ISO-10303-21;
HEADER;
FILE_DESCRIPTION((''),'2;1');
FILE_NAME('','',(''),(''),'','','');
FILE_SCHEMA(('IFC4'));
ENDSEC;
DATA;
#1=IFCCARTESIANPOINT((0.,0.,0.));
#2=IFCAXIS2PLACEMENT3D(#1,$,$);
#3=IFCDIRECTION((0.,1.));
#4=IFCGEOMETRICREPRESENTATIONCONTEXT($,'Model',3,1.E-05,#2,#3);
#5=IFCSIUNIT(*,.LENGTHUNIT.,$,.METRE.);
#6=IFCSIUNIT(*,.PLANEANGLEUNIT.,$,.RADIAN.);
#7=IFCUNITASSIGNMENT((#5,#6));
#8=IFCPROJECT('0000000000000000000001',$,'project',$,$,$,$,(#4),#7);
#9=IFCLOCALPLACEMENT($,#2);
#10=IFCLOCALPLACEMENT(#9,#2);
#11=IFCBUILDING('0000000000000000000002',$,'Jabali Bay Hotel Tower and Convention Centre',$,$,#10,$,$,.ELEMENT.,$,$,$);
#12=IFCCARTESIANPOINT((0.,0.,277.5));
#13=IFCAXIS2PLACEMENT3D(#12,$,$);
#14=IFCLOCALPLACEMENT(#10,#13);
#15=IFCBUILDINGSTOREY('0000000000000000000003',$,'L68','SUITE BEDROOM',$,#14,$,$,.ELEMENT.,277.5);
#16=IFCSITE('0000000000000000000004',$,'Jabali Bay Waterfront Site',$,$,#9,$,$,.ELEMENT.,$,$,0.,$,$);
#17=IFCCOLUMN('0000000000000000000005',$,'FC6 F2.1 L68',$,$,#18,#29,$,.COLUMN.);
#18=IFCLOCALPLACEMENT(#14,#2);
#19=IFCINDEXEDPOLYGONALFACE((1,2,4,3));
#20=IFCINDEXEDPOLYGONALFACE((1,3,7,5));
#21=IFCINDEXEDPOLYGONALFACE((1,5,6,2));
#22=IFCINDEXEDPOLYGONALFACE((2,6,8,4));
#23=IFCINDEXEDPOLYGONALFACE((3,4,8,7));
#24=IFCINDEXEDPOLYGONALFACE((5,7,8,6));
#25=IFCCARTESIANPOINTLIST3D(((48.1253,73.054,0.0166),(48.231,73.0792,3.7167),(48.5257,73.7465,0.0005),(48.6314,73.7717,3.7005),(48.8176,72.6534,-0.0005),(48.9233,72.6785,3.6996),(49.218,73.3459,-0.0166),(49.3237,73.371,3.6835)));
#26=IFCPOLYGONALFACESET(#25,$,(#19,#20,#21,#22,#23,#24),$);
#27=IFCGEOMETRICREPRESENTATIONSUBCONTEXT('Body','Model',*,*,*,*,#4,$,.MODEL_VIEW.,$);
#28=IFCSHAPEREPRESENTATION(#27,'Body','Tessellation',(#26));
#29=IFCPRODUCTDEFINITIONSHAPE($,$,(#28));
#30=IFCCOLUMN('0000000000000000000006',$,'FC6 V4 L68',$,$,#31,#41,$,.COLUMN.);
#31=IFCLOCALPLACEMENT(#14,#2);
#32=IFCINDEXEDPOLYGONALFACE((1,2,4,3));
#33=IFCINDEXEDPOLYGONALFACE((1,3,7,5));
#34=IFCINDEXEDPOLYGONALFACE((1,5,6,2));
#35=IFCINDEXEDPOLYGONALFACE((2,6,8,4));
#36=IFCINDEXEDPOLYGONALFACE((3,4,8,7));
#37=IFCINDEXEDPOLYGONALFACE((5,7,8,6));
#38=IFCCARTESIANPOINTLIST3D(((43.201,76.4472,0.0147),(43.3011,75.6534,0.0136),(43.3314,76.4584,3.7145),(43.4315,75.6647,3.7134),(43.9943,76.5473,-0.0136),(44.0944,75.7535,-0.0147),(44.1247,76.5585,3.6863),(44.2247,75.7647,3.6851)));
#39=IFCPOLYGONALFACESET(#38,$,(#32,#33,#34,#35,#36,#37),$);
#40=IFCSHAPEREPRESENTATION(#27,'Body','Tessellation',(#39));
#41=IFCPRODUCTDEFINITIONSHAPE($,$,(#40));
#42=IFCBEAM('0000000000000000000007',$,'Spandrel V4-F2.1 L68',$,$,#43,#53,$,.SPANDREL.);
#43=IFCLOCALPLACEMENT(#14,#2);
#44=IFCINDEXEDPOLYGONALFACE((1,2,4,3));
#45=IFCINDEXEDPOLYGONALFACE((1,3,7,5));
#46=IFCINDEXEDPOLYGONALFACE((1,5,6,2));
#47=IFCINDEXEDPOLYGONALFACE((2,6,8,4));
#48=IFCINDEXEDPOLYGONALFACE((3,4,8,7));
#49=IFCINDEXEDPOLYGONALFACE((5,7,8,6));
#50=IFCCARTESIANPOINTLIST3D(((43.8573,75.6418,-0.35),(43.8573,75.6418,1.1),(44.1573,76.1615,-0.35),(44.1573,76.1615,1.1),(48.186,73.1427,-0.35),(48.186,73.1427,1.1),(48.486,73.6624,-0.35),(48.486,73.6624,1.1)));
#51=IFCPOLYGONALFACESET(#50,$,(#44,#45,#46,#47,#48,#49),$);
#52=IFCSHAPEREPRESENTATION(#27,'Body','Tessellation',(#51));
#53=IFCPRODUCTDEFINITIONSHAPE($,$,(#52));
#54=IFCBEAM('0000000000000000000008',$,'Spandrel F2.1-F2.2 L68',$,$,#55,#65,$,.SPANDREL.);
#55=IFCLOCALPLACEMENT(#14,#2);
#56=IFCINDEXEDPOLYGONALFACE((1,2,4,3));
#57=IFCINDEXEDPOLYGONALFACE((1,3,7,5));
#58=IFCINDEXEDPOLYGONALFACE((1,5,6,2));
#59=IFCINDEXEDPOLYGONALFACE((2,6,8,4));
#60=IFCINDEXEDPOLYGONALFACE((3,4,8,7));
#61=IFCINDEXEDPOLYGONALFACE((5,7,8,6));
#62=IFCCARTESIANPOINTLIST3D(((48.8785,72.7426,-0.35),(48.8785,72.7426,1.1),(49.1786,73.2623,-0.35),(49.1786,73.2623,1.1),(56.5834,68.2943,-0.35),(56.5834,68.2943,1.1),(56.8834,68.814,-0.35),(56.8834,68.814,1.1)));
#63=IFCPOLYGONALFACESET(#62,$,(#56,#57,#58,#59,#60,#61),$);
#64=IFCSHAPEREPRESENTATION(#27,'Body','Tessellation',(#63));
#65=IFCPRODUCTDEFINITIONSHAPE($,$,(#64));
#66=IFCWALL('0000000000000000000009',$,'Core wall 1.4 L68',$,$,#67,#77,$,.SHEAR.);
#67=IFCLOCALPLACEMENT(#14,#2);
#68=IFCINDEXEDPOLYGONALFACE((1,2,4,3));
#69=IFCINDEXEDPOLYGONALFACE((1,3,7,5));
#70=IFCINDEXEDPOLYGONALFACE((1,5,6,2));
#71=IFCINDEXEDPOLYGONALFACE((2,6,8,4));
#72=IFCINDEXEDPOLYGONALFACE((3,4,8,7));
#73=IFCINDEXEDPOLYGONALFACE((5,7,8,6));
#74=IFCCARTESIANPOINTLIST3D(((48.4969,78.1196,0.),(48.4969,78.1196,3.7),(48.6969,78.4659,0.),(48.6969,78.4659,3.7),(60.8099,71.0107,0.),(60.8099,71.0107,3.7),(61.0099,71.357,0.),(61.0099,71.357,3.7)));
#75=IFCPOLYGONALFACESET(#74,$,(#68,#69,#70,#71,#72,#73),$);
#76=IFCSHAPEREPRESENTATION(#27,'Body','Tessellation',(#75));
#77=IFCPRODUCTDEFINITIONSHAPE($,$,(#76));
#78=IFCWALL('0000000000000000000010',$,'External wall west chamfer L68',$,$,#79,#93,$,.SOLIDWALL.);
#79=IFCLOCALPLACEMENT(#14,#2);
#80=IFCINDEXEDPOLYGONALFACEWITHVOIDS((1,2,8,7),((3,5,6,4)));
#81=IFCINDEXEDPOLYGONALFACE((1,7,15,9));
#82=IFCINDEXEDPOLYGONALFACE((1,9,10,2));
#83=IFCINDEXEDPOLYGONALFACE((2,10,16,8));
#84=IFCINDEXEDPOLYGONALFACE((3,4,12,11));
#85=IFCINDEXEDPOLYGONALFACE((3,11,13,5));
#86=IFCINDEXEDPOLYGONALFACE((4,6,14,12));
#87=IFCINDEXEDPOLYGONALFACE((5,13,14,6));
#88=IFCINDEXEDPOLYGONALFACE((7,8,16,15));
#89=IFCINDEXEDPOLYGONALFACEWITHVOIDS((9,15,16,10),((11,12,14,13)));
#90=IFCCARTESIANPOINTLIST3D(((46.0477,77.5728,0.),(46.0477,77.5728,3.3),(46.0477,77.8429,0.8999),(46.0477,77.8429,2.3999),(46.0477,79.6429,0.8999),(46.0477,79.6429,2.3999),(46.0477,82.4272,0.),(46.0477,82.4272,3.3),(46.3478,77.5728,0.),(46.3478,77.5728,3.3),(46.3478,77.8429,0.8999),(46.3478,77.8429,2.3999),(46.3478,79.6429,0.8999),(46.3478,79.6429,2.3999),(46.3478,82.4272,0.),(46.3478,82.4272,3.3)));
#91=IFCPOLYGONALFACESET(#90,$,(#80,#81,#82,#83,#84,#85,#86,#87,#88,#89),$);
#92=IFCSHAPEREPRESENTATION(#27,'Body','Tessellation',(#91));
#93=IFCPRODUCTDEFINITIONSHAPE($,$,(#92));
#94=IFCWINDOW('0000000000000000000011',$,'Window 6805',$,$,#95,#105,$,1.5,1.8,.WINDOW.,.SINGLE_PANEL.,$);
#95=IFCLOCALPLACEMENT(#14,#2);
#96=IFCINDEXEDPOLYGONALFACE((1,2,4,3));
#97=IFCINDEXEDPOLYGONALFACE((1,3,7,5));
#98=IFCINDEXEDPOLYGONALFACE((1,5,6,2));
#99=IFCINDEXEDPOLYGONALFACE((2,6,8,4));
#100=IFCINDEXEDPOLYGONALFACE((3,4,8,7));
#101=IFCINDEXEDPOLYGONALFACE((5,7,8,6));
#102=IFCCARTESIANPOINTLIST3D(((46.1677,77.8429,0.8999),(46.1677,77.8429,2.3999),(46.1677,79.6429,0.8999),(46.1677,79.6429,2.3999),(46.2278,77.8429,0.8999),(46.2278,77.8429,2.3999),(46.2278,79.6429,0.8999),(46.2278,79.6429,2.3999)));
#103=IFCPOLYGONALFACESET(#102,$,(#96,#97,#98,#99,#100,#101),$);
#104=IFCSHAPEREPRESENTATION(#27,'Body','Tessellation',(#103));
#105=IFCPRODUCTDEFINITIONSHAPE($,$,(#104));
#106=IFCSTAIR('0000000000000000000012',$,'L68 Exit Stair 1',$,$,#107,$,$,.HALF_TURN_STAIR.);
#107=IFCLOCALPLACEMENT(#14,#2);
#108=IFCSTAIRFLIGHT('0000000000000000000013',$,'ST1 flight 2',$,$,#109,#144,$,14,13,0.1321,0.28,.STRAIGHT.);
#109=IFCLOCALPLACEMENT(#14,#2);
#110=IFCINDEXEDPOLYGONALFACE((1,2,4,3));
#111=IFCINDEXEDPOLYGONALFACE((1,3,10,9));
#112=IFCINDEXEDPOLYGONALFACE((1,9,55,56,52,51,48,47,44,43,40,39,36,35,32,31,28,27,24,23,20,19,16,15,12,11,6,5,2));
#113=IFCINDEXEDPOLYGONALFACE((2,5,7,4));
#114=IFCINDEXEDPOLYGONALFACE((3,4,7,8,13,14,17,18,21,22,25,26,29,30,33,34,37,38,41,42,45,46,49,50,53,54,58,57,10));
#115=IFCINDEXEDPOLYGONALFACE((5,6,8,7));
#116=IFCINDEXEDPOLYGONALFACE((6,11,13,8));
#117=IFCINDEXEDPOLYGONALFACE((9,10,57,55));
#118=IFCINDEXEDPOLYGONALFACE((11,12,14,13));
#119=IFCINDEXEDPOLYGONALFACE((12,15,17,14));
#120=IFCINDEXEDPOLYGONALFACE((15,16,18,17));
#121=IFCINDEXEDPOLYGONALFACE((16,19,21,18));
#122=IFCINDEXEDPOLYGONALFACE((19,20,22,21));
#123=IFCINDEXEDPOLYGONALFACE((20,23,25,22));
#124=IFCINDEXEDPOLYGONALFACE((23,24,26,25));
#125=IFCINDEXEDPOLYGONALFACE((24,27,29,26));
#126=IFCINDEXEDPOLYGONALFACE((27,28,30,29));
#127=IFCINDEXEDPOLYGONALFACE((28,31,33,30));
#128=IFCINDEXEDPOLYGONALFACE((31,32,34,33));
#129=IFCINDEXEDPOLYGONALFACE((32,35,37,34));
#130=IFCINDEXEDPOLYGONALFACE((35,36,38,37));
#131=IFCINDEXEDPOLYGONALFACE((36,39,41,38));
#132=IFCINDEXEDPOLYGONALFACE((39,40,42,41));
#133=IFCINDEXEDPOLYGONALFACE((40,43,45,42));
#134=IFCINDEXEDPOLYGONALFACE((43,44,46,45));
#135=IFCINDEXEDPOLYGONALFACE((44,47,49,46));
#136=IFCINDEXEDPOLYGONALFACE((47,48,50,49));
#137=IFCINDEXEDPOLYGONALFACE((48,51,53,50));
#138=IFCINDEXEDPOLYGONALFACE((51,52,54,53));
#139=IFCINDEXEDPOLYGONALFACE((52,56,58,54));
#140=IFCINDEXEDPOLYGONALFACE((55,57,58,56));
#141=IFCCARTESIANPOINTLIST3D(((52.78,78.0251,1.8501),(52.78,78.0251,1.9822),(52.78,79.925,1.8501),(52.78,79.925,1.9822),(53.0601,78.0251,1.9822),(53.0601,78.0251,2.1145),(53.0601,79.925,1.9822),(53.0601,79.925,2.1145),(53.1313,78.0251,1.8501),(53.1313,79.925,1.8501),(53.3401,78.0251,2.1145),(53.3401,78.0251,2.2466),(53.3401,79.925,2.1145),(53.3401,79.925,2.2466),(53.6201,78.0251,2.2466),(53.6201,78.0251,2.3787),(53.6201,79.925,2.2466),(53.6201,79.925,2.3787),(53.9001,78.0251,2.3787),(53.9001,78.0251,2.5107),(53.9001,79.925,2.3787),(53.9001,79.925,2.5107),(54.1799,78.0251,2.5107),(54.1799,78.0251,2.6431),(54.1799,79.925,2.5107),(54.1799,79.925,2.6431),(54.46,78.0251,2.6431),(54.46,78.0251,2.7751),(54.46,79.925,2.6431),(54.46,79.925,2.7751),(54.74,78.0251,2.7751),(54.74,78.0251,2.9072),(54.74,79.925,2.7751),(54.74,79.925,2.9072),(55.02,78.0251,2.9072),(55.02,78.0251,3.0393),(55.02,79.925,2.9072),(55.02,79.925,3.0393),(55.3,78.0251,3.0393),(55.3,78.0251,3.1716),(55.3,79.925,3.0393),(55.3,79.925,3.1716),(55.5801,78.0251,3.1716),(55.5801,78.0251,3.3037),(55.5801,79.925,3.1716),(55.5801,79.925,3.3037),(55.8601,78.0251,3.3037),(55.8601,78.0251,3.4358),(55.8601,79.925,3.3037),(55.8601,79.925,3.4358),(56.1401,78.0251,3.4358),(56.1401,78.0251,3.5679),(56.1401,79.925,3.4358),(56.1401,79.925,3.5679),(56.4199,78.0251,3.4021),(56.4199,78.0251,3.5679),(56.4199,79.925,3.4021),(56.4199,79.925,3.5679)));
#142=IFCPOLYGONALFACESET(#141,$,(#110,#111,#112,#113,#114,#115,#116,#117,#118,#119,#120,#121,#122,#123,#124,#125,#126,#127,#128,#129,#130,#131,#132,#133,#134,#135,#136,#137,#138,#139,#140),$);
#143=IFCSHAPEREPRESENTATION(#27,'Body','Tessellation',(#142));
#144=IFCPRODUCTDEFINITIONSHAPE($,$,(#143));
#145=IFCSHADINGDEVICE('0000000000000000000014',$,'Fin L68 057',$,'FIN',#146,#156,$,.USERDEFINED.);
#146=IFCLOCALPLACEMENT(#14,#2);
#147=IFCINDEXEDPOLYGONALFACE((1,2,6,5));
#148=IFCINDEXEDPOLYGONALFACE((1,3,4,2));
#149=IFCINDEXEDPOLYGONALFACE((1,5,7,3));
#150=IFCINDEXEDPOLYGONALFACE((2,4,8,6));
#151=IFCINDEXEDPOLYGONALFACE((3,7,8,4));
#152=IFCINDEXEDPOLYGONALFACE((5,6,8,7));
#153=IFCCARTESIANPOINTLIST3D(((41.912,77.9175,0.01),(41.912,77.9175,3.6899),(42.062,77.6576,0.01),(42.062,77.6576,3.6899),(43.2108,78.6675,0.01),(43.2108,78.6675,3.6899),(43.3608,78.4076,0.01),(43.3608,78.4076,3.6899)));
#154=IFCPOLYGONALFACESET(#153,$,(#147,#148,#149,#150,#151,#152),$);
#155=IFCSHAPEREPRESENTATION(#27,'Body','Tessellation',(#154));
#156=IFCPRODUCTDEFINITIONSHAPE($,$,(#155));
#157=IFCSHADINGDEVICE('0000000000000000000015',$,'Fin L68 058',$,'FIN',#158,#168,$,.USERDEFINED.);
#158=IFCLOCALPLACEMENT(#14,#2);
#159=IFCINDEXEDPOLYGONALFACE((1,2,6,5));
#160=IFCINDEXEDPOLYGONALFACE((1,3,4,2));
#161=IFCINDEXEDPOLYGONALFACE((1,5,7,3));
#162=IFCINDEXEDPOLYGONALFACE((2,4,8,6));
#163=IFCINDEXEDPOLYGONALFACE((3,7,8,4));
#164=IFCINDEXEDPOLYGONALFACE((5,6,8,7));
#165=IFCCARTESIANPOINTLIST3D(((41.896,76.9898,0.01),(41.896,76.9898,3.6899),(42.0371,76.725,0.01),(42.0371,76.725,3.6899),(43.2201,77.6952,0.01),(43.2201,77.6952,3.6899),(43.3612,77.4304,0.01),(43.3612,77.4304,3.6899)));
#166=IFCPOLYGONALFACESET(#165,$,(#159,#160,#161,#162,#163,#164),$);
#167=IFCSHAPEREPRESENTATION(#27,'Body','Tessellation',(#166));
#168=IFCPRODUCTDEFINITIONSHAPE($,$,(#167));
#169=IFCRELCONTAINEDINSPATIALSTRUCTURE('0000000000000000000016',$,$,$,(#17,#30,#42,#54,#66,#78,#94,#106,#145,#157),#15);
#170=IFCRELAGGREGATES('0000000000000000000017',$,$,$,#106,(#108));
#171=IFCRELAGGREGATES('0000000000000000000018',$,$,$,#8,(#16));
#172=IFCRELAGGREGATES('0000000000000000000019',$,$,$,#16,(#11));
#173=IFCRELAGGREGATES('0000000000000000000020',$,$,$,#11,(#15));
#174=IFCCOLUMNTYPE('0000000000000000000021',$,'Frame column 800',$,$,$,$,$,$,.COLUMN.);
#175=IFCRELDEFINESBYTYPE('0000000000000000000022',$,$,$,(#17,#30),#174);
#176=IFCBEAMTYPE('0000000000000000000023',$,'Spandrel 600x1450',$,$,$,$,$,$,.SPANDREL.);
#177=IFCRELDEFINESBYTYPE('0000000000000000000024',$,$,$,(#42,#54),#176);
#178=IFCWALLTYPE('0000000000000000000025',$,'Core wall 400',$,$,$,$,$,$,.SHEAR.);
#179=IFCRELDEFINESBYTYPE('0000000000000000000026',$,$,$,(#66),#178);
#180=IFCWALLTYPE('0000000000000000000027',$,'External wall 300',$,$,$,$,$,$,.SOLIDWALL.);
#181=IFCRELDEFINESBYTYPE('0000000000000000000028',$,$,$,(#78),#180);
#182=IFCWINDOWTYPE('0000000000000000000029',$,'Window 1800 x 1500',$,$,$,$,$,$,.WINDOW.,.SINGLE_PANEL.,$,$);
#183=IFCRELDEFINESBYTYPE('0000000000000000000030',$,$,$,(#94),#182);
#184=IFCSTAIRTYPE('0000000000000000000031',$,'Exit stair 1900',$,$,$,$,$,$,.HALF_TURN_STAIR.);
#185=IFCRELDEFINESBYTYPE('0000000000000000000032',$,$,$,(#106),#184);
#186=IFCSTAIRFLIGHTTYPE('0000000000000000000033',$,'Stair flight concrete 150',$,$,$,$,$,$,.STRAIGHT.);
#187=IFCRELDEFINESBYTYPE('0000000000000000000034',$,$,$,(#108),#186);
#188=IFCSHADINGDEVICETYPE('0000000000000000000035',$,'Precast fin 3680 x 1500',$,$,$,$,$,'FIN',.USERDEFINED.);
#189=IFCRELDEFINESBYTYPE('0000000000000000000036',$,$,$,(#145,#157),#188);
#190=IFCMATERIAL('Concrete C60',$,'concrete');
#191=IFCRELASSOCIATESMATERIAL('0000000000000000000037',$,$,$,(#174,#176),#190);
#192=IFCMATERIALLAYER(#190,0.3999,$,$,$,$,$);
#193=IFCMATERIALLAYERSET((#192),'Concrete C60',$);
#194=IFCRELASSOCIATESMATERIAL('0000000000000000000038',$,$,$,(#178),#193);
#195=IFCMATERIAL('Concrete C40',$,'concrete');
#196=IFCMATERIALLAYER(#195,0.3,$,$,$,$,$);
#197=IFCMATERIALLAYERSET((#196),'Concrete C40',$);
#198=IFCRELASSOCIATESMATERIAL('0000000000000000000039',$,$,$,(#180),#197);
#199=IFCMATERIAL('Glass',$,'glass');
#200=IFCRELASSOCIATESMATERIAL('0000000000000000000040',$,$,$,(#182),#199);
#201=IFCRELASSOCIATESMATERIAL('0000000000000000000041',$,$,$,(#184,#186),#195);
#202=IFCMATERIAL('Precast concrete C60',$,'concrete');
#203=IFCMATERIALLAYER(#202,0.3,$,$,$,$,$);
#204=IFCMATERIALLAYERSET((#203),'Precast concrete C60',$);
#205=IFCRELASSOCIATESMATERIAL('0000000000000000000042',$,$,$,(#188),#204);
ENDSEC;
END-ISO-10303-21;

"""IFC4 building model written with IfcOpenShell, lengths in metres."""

from ifc_helpers import new_model, si_unit, direction, frame, frame_2d, origin, origin_2d, place, context, subcontext, project, spatial, polyline, rectangle, outline, extrude, material, layer, layer_set, material_profile, profile_set, type_object, element, fill, aggregate, save


model = new_model("IFC4")

# Units and contexts
model_context = context("Model", 3, precision=1e-05, world=origin(), true_north=direction((0.0, 1.0)))
body_context = subcontext(model_context, "Body", "Model", "MODEL_VIEW")
ifc_project = project(units=[si_unit("LENGTHUNIT", "METRE"), si_unit("PLANEANGLEUNIT", "RADIAN")], contexts=[model_context])

# Site, building, storey
site_placement = place(None, origin())
site = spatial("IfcSite", under=ifc_project, at=site_placement, Name="Jabali Bay Waterfront Site", CompositionType="ELEMENT", RefElevation=0.0)
building_placement = place(site_placement, origin())
building = spatial("IfcBuilding", under=site, at=building_placement, Name="Jabali Bay Hotel Tower and Convention Centre", CompositionType="ELEMENT")
storey_placement = place(building_placement, frame((0.0, 0.0, 277.5)))
storey = spatial("IfcBuildingStorey", under=building, at=storey_placement, Name="L68", Description="SUITE BEDROOM", CompositionType="ELEMENT", Elevation=277.5)

# Columns
ifc_material_1 = material(Name="Concrete C60", Category="concrete")
ifc_material_profile_1 = material_profile(ifc_material_1, rectangle(XDim=0.8, YDim=0.8, at=origin_2d()), Name="Frame column 800")
ifc_profile_set_1 = profile_set([ifc_material_profile_1], Name="Concrete C60")
column_type = type_object("IfcColumnType", Name="Frame column 800", PredefinedType="COLUMN", material=ifc_profile_set_1)
column_1_placement = place(storey_placement, frame((48.6716, 73.2, 0.0), z_axis=(0.028559, 0.006794, 0.999569), x_axis=(-0.865319, 0.500768, 0.02132)))
element("IfcColumn", 1, at=column_1_placement, inside=storey, type_object=column_type, Name="FC6 F2.1 L68", PredefinedType="COLUMN", context=body_context, shape_type="SweptSolid", body=[
    extrude(rectangle(XDim=0.8, YDim=0.8, at=origin_2d()), origin(), (0.0, 0.0, 1.0), 3.7017),
])
column_2_placement = place(storey_placement, frame((43.6477, 76.1003, 0.0), z_axis=(0.035214, 0.003033, 0.999375), x_axis=(-0.125093, 0.992144, 0.001396)))
element("IfcColumn", 2, at=column_2_placement, inside=storey, type_object=column_type, Name="FC6 V4 L68", PredefinedType="COLUMN", context=body_context, shape_type="SweptSolid", body=[
    extrude(rectangle(XDim=0.8, YDim=0.8, at=origin_2d()), origin(), (0.0, 0.0, 1.0), 3.7021),
])

# Beams
ifc_material_profile_2 = material_profile(ifc_material_1, rectangle(XDim=0.6001, YDim=1.45, at=origin_2d()), Name="Spandrel 600x1450")
ifc_profile_set_2 = profile_set([ifc_material_profile_2], Name="Concrete C60")
beam_type = type_object("IfcBeamType", Name="Spandrel 600x1450", PredefinedType="SPANDREL", material=ifc_profile_set_2)
beam_1_placement = place(storey_placement, frame((44.0073, 75.9016, 0.375), z_axis=(0.866034, -0.499985, 0.0), x_axis=(0.499985, 0.866034, 0.0)))
element("IfcBeam", 3, at=beam_1_placement, inside=storey, type_object=beam_type, Name="Spandrel V4-F2.1 L68", PredefinedType="SPANDREL", context=body_context, shape_type="SweptSolid", body=[
    extrude(rectangle(XDim=0.6001, YDim=1.45, at=origin_2d()), origin(), (0.0, 0.0, 1.0), 4.9983),
])
beam_2_placement = place(storey_placement, frame((49.0286, 73.0024, 0.375), z_axis=(0.866032, -0.499988, 0.0), x_axis=(0.499988, 0.866032, 0.0)))
element("IfcBeam", 4, at=beam_2_placement, inside=storey, type_object=beam_type, Name="Spandrel F2.1-F2.2 L68", PredefinedType="SPANDREL", context=body_context, shape_type="SweptSolid", body=[
    extrude(rectangle(XDim=0.6001, YDim=1.45, at=origin_2d()), origin(), (0.0, 0.0, 1.0), 8.8967),
])

# Wall
ifc_layer_1 = layer(ifc_material_1, 0.3999)
ifc_layer_set_1 = layer_set([ifc_layer_1], Name="Concrete C60")
wall_type_1 = type_object("IfcWallType", Name="Core wall 400", PredefinedType="SHEAR", material=ifc_layer_set_1)
wall_1_placement = place(storey_placement, frame((48.5969, 78.2927, 0.0), z_axis=(0.0, 0.0, 1.0), x_axis=(0.866026, -0.499999, 0.0)))
element("IfcWall", 5, at=wall_1_placement, inside=storey, type_object=wall_type_1, Name="Core wall 1.4 L68", PredefinedType="SHEAR", context=body_context, shape_type="SweptSolid", body=[
    extrude(rectangle(XDim=14.2178, YDim=0.3999, at=frame_2d((7.1089, 0.0))), origin(), (0.0, 0.0, 1.0), 3.7),
])

# Wall, opening, window
ifc_material_2 = material(Name="Concrete C40", Category="concrete")
ifc_layer_2 = layer(ifc_material_2, 0.3)
ifc_layer_set_2 = layer_set([ifc_layer_2], Name="Concrete C40")
wall_type_2 = type_object("IfcWallType", Name="External wall 300", PredefinedType="SOLIDWALL", material=ifc_layer_set_2)
wall_2_placement = place(storey_placement, frame((46.1978, 77.5728, 0.0), z_axis=(0.0, 0.0, 1.0), x_axis=(0.0, 1.0, 0.0)))
wall_2 = element("IfcWall", 6, at=wall_2_placement, inside=storey, type_object=wall_type_2, Name="External wall west chamfer L68", PredefinedType="SOLIDWALL", context=body_context, shape_type="SweptSolid", body=[
    extrude(rectangle(XDim=4.8545, YDim=0.3, at=frame_2d((2.4272, 0.0))), origin(), (0.0, 0.0, 1.0), 3.3),
])
opening_placement = place(wall_2_placement, frame((0.2703, 0.0, 0.8999)))
opening = element("IfcOpeningElement", 7, at=opening_placement, cuts=wall_2, PredefinedType="OPENING", context=body_context, shape_type="SweptSolid", body=[
    extrude(rectangle(XDim=1.8, YDim=1.5, at=frame_2d((0.8999, 0.75))), frame((0.0, 0.1606, 0.0), z_axis=(0.0, -1.0, 0.0), x_axis=(1.0, 0.0, 0.0)), (0.0, 0.0, 1.0), 0.321),
])
ifc_material_3 = material(Name="Glass", Category="glass")
window_type = type_object("IfcWindowType", Name="Window 1800 x 1500", PartitioningType="SINGLE_PANEL", PredefinedType="WINDOW", material=ifc_material_3)
window_placement = place(opening_placement, origin())
window = element("IfcWindow", 8, at=window_placement, inside=storey, type_object=window_type, Name="Window 6805", OverallHeight=1.5, OverallWidth=1.8, PartitioningType="SINGLE_PANEL", PredefinedType="WINDOW", context=body_context, shape_type="SweptSolid", body=[
    extrude(rectangle(XDim=1.8, YDim=1.5, at=frame_2d((0.8999, 0.75))), frame((0.0, 0.03, 0.0), z_axis=(0.0, -1.0, 0.0), x_axis=(1.0, 0.0, 0.0)), (0.0, 0.0, 1.0), 0.0601),
])
fill(opening, window)

# Stair, stair flight
stair_type = type_object("IfcStairType", Name="Exit stair 1900", PredefinedType="HALF_TURN_STAIR", material=ifc_material_2)
stair_placement = place(storey_placement, origin())
stair = element("IfcStair", 9, at=stair_placement, inside=storey, type_object=stair_type, Name="L68 Exit Stair 1", PredefinedType="HALF_TURN_STAIR")
stair_flight_type = type_object("IfcStairFlightType", Name="Stair flight concrete 150", PredefinedType="STRAIGHT", material=ifc_material_2)
stair_flight_placement = place(storey_placement, frame((52.78, 78.9751, 1.8501), z_axis=(0.0, 0.0, 1.0), x_axis=(1.0, 0.0, 0.0)))
stair_flight = element("IfcStairFlight", 10, at=stair_flight_placement, type_object=stair_flight_type, Name="ST1 flight 2", NumberOfRisers=14, NumberOfTreads=13, PredefinedType="STRAIGHT", RiserHeight=0.1321, TreadLength=0.28, context=body_context, shape_type="SweptSolid", body=[
    extrude(outline(polyline([(0.0, 0.0), (0.0, 0.1321), (0.28, 0.1321), (0.28, 0.2644), (0.5601, 0.2644), (0.5601, 0.3965), (0.8401, 0.3965), (0.8401, 0.5286), (1.1201, 0.5286), (1.1201, 0.6606), (1.3999, 0.6606), (1.3999, 0.793), (1.6799, 0.793), (1.6799, 0.925), (1.96, 0.925), (1.96, 1.0571), (2.24, 1.0571), (2.24, 1.1892), (2.52, 1.1892), (2.52, 1.3215), (2.8, 1.3215), (2.8, 1.4536), (3.0801, 1.4536), (3.0801, 1.5857), (3.3601, 1.5857), (3.3601, 1.7178), (3.6399, 1.7178), (3.6399, 1.8501), (3.6399, 1.552), (0.3513, 0.0), (0.0, 0.0)])), frame((0.0, 0.95, 0.0), z_axis=(0.0, -1.0, 0.0), x_axis=(1.0, 0.0, 0.0)), (0.0, 0.0, 1.0), 1.8999),
])
aggregate(stair, [stair_flight])

# Shading devices
ifc_material_4 = material(Name="Precast concrete C60", Category="concrete")
ifc_layer_3 = layer(ifc_material_4, 0.3)
ifc_layer_set_3 = layer_set([ifc_layer_3], Name="Precast concrete C60")
shading_device_type = type_object("IfcShadingDeviceType", Name="Precast fin 3680 x 1500", ElementType="FIN", PredefinedType="USERDEFINED", material=ifc_layer_set_3)
shading_device_1_placement = place(storey_placement, frame((43.2859, 78.5376, 0.01), z_axis=(0.0, 0.0, 1.0), x_axis=(-0.86599, -0.500061, 0.0)))
element("IfcShadingDevice", 11, at=shading_device_1_placement, inside=storey, type_object=shading_device_type, Name="Fin L68 057", ObjectType="FIN", PredefinedType="USERDEFINED", context=body_context, shape_type="SweptSolid", body=[
    extrude(rectangle(XDim=1.4998, YDim=0.3, at=frame_2d((0.75, 0.0))), origin(), (0.0, 0.0, 1.0), 3.6799),
])
shading_device_2_placement = place(storey_placement, frame((43.2905, 77.5627, 0.01), z_axis=(0.0, 0.0, 1.0), x_axis=(-0.882574, -0.470174, 0.0)))
element("IfcShadingDevice", 12, at=shading_device_2_placement, inside=storey, type_object=shading_device_type, Name="Fin L68 058", ObjectType="FIN", PredefinedType="USERDEFINED", context=body_context, shape_type="SweptSolid", body=[
    extrude(rectangle(XDim=1.5002, YDim=0.3, at=frame_2d((0.75, 0.0))), origin(), (0.0, 0.0, 1.0), 3.6799),
])

save(model, "model.ifc")
